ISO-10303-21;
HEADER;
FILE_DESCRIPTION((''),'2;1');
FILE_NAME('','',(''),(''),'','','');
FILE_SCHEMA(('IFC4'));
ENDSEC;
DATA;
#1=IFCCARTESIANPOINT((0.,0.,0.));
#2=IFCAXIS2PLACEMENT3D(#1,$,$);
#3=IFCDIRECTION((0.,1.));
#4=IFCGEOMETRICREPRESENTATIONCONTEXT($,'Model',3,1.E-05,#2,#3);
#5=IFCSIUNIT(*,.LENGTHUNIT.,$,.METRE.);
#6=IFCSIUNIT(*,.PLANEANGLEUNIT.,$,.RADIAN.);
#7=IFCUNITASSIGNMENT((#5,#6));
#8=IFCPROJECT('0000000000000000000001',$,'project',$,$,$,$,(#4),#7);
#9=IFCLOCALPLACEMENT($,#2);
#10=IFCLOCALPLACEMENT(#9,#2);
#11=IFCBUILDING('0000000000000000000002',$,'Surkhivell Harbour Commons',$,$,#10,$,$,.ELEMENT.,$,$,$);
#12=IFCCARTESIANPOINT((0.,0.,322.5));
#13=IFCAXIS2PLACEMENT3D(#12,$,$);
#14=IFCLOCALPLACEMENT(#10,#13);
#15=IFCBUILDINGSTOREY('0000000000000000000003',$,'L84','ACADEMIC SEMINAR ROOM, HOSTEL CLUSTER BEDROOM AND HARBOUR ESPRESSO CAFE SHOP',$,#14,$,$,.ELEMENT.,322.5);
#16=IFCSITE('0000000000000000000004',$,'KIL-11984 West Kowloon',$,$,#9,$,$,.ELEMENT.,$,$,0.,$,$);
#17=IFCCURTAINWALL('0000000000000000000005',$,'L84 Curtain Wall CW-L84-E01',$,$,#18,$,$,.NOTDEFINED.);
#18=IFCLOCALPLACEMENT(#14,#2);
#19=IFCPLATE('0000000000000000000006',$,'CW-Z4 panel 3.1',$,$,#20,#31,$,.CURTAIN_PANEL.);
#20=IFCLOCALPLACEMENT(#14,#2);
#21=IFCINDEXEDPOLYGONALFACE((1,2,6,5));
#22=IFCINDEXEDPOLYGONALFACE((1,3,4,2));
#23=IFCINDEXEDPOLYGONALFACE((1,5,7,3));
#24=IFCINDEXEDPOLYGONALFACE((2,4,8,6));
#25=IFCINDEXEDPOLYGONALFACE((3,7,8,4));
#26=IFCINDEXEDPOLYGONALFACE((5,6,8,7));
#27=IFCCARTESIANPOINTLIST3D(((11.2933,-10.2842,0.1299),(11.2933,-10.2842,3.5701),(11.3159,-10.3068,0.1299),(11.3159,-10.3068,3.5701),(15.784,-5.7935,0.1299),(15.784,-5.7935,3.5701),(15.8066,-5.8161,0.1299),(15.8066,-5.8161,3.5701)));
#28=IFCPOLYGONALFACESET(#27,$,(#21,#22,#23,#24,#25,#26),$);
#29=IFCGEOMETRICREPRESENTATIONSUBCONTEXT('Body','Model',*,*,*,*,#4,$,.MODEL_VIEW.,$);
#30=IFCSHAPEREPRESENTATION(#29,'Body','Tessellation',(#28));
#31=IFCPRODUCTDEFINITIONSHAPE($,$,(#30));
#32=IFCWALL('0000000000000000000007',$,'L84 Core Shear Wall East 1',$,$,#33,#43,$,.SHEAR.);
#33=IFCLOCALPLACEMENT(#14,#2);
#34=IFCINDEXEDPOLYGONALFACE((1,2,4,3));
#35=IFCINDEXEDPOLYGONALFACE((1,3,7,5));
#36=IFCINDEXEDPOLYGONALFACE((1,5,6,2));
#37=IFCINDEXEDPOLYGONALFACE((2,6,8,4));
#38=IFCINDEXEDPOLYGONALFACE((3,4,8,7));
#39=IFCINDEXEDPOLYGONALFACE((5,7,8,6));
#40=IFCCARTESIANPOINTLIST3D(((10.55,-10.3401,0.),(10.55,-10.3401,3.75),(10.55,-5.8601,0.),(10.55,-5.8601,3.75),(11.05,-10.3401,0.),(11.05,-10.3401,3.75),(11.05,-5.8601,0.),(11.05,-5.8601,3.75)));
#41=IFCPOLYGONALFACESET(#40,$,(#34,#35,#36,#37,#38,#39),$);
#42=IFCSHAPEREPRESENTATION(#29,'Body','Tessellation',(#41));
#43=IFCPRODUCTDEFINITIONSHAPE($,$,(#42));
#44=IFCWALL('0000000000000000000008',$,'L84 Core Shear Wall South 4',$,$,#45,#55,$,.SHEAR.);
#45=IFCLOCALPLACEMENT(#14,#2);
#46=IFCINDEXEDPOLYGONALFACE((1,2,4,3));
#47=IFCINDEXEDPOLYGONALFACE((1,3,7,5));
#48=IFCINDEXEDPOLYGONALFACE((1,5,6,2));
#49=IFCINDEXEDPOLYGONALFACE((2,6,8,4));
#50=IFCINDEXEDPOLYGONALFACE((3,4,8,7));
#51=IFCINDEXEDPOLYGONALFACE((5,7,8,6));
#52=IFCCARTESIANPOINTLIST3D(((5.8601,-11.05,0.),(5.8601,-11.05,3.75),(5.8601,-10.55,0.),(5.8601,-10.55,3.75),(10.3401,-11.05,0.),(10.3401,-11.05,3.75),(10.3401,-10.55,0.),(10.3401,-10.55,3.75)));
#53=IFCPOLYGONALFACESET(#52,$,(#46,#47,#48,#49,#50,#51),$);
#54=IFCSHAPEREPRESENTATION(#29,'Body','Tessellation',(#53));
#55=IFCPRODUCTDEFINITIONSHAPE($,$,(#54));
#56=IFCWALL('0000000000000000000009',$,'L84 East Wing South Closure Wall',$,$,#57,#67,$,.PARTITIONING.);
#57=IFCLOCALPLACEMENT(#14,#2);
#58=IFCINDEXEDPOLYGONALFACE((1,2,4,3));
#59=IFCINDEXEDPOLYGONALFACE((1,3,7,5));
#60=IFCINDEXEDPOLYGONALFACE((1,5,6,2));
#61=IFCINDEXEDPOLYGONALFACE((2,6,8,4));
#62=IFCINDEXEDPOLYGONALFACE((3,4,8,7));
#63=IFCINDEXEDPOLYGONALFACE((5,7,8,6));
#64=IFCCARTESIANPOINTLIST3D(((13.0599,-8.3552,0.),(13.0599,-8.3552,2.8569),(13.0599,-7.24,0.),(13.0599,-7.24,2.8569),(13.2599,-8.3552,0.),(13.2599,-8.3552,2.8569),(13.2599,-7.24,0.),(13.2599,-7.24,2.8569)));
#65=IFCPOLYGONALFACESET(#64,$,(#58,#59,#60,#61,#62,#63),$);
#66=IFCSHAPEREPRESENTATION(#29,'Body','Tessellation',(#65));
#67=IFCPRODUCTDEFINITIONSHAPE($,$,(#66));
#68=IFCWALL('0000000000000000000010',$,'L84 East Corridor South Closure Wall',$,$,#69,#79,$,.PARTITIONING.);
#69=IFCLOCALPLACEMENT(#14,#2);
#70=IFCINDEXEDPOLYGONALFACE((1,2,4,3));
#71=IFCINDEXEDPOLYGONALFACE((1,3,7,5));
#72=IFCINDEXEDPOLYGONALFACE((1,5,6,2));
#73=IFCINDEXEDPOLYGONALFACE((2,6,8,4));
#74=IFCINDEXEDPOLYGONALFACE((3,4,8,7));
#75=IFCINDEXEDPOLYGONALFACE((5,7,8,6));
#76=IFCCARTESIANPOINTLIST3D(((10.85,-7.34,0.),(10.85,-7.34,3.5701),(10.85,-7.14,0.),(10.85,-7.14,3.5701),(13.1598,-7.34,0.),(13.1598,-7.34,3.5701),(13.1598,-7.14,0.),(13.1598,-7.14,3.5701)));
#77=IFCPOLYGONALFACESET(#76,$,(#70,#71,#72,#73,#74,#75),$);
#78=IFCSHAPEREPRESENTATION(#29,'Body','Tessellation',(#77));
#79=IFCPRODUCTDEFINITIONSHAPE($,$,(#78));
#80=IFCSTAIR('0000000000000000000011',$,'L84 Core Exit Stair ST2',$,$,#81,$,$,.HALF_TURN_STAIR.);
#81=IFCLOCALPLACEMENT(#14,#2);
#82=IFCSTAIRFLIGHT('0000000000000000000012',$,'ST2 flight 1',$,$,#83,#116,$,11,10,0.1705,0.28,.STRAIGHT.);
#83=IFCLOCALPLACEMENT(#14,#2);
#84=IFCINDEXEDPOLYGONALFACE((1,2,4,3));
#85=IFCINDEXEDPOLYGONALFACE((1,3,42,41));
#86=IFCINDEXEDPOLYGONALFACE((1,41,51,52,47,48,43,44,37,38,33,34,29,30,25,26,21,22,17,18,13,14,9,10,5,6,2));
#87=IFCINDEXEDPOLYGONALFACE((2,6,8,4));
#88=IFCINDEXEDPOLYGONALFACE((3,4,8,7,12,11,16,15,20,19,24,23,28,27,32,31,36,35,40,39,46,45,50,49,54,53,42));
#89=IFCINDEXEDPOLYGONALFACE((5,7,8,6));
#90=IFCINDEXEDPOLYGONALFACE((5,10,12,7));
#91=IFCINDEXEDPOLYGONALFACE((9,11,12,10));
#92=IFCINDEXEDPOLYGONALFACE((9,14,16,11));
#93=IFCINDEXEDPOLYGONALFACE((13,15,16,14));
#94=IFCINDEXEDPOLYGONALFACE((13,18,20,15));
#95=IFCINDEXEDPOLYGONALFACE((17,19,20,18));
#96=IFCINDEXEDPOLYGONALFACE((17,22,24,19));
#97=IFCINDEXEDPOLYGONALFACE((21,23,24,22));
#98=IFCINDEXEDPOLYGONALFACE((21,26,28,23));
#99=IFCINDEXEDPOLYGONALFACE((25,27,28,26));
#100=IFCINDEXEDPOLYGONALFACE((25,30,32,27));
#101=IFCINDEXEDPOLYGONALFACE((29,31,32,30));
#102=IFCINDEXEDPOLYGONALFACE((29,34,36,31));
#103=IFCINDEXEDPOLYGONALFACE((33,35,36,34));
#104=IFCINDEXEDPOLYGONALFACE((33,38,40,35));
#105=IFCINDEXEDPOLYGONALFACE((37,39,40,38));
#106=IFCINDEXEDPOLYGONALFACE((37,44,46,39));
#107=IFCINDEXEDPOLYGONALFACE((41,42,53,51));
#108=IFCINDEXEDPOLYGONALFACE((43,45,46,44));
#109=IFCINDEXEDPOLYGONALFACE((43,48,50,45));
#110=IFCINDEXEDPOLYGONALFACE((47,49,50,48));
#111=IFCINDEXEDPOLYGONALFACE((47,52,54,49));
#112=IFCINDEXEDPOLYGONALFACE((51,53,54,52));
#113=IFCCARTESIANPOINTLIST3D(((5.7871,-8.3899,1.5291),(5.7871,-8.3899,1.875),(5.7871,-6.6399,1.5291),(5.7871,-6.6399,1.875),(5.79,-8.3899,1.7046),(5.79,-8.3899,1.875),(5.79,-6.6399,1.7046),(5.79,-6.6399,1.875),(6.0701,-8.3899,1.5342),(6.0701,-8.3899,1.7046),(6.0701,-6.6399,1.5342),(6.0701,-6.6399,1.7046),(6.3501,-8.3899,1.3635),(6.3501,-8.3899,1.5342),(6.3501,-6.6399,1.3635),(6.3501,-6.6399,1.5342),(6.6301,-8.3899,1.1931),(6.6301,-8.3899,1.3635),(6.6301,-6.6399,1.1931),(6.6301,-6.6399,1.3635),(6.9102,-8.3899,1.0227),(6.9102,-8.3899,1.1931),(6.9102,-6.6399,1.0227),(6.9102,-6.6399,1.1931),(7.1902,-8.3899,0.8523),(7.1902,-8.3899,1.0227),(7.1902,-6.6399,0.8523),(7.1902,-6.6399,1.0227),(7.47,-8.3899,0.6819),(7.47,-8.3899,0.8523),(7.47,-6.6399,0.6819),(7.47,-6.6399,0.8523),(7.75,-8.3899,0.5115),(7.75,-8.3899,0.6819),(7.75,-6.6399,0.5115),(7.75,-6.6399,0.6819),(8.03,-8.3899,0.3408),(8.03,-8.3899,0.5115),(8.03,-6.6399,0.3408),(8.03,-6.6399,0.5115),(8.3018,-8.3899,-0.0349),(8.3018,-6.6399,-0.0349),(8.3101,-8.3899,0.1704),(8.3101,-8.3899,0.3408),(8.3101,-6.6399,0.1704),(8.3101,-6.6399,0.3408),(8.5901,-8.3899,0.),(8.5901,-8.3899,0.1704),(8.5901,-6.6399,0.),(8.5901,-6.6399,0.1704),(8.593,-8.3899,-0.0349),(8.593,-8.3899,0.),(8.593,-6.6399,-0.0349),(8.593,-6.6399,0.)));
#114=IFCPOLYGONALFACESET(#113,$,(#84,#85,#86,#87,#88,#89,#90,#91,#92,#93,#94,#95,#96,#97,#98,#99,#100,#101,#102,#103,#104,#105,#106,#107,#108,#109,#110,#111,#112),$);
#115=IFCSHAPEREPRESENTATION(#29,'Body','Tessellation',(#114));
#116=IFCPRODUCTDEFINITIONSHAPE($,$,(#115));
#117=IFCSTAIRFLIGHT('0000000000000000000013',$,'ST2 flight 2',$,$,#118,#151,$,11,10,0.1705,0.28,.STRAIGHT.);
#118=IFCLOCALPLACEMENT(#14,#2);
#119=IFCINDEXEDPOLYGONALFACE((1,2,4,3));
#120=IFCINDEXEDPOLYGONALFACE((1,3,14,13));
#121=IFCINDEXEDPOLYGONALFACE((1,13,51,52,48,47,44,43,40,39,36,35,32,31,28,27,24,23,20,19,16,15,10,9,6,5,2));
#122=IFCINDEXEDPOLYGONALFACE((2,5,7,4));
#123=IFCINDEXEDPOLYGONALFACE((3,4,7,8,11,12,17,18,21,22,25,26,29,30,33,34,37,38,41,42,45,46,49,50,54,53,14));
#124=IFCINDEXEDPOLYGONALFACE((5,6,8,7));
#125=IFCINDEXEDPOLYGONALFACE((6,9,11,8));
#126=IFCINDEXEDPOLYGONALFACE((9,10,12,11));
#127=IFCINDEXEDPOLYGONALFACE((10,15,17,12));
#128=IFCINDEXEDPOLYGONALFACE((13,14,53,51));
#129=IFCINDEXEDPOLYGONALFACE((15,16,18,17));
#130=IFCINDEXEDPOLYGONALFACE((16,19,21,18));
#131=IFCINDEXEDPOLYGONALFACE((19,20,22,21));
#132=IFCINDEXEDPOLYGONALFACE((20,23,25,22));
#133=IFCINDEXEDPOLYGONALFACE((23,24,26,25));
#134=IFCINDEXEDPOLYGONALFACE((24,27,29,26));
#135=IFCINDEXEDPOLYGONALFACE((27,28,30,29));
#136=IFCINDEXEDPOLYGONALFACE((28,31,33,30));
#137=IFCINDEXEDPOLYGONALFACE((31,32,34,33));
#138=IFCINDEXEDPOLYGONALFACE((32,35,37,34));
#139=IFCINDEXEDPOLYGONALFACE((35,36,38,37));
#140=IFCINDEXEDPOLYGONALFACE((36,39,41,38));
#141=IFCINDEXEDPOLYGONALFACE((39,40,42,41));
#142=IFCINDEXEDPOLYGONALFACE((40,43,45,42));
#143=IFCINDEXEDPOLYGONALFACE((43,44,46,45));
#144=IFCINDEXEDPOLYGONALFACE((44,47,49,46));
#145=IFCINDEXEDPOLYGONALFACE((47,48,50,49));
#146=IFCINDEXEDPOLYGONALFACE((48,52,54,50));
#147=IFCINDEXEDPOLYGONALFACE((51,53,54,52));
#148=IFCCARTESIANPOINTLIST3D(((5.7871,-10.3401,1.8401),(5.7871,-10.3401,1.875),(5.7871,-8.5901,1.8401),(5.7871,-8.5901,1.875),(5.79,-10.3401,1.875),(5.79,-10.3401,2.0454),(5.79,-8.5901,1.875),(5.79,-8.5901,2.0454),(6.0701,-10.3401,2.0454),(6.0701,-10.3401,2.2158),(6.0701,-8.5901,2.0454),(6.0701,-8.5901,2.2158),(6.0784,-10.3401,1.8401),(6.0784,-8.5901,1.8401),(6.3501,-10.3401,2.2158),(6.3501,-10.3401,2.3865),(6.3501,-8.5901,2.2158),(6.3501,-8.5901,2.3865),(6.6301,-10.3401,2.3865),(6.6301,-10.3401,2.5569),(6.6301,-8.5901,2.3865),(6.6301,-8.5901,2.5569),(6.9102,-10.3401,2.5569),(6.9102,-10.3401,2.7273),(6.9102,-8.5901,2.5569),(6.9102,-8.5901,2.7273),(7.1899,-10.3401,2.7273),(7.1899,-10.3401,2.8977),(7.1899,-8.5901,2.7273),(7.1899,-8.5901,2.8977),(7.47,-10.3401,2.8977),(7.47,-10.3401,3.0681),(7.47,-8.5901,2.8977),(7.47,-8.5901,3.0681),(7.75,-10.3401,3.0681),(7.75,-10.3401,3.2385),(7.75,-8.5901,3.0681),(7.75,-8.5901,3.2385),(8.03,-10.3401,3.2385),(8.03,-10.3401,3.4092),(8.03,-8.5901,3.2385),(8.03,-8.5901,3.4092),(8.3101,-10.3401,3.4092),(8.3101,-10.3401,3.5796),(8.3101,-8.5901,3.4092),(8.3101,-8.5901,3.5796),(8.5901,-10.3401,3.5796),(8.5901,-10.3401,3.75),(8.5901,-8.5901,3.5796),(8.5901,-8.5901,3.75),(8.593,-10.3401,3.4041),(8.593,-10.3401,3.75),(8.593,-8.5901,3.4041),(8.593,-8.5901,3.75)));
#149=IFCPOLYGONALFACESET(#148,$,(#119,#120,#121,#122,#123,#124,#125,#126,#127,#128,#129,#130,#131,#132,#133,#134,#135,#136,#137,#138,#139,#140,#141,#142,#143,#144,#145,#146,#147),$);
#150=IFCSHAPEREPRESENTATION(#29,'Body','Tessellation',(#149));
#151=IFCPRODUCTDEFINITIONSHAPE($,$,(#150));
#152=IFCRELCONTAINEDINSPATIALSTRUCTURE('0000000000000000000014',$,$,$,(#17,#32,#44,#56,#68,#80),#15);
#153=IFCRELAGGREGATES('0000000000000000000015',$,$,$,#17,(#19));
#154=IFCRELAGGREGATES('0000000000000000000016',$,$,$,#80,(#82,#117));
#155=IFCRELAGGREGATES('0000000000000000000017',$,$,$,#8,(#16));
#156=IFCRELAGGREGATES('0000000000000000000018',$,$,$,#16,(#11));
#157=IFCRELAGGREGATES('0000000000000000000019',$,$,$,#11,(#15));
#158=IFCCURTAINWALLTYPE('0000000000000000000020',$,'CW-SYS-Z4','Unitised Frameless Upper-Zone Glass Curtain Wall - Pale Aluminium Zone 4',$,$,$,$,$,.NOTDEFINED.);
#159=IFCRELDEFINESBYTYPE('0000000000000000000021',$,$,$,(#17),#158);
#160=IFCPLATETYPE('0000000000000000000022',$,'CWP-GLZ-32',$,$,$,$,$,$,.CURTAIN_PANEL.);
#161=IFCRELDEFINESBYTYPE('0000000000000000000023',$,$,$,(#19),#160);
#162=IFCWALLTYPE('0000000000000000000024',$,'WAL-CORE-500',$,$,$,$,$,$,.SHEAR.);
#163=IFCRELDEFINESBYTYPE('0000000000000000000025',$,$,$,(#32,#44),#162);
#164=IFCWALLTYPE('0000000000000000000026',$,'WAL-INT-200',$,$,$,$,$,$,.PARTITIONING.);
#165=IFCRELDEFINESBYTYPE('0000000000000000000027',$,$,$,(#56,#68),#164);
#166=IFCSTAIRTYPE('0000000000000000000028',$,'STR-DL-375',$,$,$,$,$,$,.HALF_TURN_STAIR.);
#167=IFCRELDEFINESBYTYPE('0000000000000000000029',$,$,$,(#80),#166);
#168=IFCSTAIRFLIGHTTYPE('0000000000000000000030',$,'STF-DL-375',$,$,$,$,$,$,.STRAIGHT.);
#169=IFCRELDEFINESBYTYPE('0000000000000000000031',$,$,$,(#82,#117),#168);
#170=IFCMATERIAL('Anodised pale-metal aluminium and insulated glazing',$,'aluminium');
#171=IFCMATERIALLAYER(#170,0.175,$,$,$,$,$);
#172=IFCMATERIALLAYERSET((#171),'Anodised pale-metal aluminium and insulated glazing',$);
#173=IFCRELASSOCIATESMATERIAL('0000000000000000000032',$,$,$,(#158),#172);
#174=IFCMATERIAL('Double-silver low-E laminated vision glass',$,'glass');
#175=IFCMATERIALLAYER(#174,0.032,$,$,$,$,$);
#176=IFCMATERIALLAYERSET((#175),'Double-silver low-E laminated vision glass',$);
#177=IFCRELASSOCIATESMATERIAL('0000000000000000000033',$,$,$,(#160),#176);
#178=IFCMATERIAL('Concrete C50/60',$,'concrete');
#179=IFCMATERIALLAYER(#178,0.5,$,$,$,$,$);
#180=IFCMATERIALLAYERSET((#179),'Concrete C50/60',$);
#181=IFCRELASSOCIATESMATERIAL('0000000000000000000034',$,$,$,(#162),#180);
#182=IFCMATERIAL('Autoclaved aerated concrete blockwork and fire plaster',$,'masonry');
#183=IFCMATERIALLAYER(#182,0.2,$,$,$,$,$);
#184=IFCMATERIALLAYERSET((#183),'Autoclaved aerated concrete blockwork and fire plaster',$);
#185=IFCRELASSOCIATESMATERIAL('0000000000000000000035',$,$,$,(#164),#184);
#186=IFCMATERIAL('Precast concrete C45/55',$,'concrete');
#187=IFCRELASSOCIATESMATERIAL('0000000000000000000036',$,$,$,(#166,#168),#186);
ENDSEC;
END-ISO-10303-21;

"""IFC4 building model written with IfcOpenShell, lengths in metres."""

from ifc_helpers import new_model, si_unit, direction, frame, frame_2d, origin, place, context, subcontext, project, spatial, polyline, rectangle, outline, extrude, material, layer, layer_set, type_object, element, aggregate, save


model = new_model("IFC4")

# Units and contexts
model_context = context("Model", 3, precision=1e-05, world=origin(), true_north=direction((0.0, 1.0)))
body_context = subcontext(model_context, "Body", "Model", "MODEL_VIEW")
ifc_project = project(units=[si_unit("LENGTHUNIT", "METRE"), si_unit("PLANEANGLEUNIT", "RADIAN")], contexts=[model_context])

# Site, building, storey
site_placement = place(None, origin())
site = spatial("IfcSite", under=ifc_project, at=site_placement, Name="KIL-11984 West Kowloon", CompositionType="ELEMENT", RefElevation=0.0)
building_placement = place(site_placement, origin())
building = spatial("IfcBuilding", under=site, at=building_placement, Name="Surkhivell Harbour Commons", CompositionType="ELEMENT")
storey_placement = place(building_placement, frame((0.0, 0.0, 322.5)))
storey = spatial("IfcBuildingStorey", under=building, at=storey_placement, Name="L84", Description="ACADEMIC SEMINAR ROOM, HOSTEL CLUSTER BEDROOM AND HARBOUR ESPRESSO CAFE SHOP", CompositionType="ELEMENT", Elevation=322.5)

# Curtain wall, plate
ifc_material_1 = material(Name="Anodised pale-metal aluminium and insulated glazing", Category="aluminium")
ifc_layer_1 = layer(ifc_material_1, 0.175)
ifc_layer_set_1 = layer_set([ifc_layer_1], Name="Anodised pale-metal aluminium and insulated glazing")
curtain_wall_type = type_object("IfcCurtainWallType", Name="CW-SYS-Z4", Description="Unitised Frameless Upper-Zone Glass Curtain Wall - Pale Aluminium Zone 4", PredefinedType="NOTDEFINED", material=ifc_layer_set_1)
curtain_wall_placement = place(storey_placement, origin())
curtain_wall = element("IfcCurtainWall", 1, at=curtain_wall_placement, inside=storey, type_object=curtain_wall_type, Name="L84 Curtain Wall CW-L84-E01", PredefinedType="NOTDEFINED")
ifc_material_2 = material(Name="Double-silver low-E laminated vision glass", Category="glass")
ifc_layer_2 = layer(ifc_material_2, 0.032)
ifc_layer_set_2 = layer_set([ifc_layer_2], Name="Double-silver low-E laminated vision glass")
plate_type = type_object("IfcPlateType", Name="CWP-GLZ-32", PredefinedType="CURTAIN_PANEL", material=ifc_layer_set_2)
plate_1_placement = place(storey_placement, frame((11.3047, -10.2954, 0.1299), z_axis=(0.0, 0.0, 1.0), x_axis=(0.707107, 0.707107, 0.0)))
plate_1 = element("IfcPlate", 2, at=plate_1_placement, type_object=plate_type, Name="CW-Z4 panel 3.1", PredefinedType="CURTAIN_PANEL", context=body_context, shape_type="SweptSolid", body=[
    extrude(rectangle(XDim=6.3508, YDim=0.032, at=frame_2d((3.1753, 0.0))), origin(), (0.0, 0.0, 1.0), 3.4402),
])
aggregate(curtain_wall, [plate_1])

# Walls
ifc_material_3 = material(Name="Concrete C50/60", Category="concrete")
ifc_layer_3 = layer(ifc_material_3, 0.5)
ifc_layer_set_3 = layer_set([ifc_layer_3], Name="Concrete C50/60")
wall_type_1 = type_object("IfcWallType", Name="WAL-CORE-500", PredefinedType="SHEAR", material=ifc_layer_set_3)
for number, where, z_axis, x_axis, name in (
    (3, (10.8, -10.3401, 0.0), (0.0, 0.0, 1.0), (0.0, 1.0, 0.0), "L84 Core Shear Wall East 1"),
    (4, (5.8601, -10.8, 0.0), (0.0, 0.0, 1.0), (1.0, 0.0, 0.0), "L84 Core Shear Wall South 4"),
):
    element("IfcWall", number, at=place(storey_placement, frame(where, z_axis=z_axis, x_axis=x_axis)), inside=storey, type_object=wall_type_1, Name=name, PredefinedType="SHEAR", context=body_context, shape_type="SweptSolid", body=[
        extrude(rectangle(XDim=4.48, YDim=0.5, at=frame_2d((2.24, 0.0))), origin(), (0.0, 0.0, 1.0), 3.75),
    ])
ifc_material_4 = material(Name="Autoclaved aerated concrete blockwork and fire plaster", Category="masonry")
ifc_layer_4 = layer(ifc_material_4, 0.2)
ifc_layer_set_4 = layer_set([ifc_layer_4], Name="Autoclaved aerated concrete blockwork and fire plaster")
wall_type_2 = type_object("IfcWallType", Name="WAL-INT-200", PredefinedType="PARTITIONING", material=ifc_layer_set_4)
wall_1_placement = place(storey_placement, frame((13.1599, -8.3552, 0.0), z_axis=(0.0, 0.0, 1.0), x_axis=(0.0, 1.0, 0.0)))
element("IfcWall", 5, at=wall_1_placement, inside=storey, type_object=wall_type_2, Name="L84 East Wing South Closure Wall", PredefinedType="PARTITIONING", context=body_context, shape_type="SweptSolid", body=[
    extrude(rectangle(XDim=1.1152, YDim=0.2, at=frame_2d((0.5576, 0.0))), origin(), (0.0, 0.0, 1.0), 2.8569),
])
wall_2_placement = place(storey_placement, frame((10.8501, -7.24, 0.0), z_axis=(0.0, 0.0, 1.0), x_axis=(1.0, 0.0, 0.0)))
element("IfcWall", 6, at=wall_2_placement, inside=storey, type_object=wall_type_2, Name="L84 East Corridor South Closure Wall", PredefinedType="PARTITIONING", context=body_context, shape_type="SweptSolid", body=[
    extrude(rectangle(XDim=2.3098, YDim=0.2, at=frame_2d((1.1548, 0.0))), origin(), (0.0, 0.0, 1.0), 3.5701),
])

# Stair, stair flights
ifc_material_5 = material(Name="Precast concrete C45/55", Category="concrete")
stair_type = type_object("IfcStairType", Name="STR-DL-375", PredefinedType="HALF_TURN_STAIR", material=ifc_material_5)
stair_placement = place(storey_placement, origin())
stair = element("IfcStair", 7, at=stair_placement, inside=storey, type_object=stair_type, Name="L84 Core Exit Stair ST2", PredefinedType="HALF_TURN_STAIR")
stair_flight_type = type_object("IfcStairFlightType", Name="STF-DL-375", PredefinedType="STRAIGHT", material=ifc_material_5)
stair_flight_1_placement = place(storey_placement, frame((8.5901, -7.5149, 0.0), z_axis=(0.0, 0.0, 1.0), x_axis=(-1.0, 0.0, 0.0)))
stair_flight_1 = element("IfcStairFlight", 8, at=stair_flight_1_placement, type_object=stair_flight_type, Name="ST2 flight 1", NumberOfRisers=11, NumberOfTreads=10, PredefinedType="STRAIGHT", RiserHeight=0.1705, TreadLength=0.28, context=body_context, shape_type="SweptSolid", body=[
    extrude(outline(polyline([(-0.0029, -0.0349), (-0.0029, 0.0), (0.0, 0.0), (0.0, 0.1704), (0.28, 0.1704), (0.28, 0.3408), (0.5601, 0.3408), (0.5601, 0.5115), (0.8401, 0.5115), (0.8401, 0.6819), (1.1201, 0.6819), (1.1201, 0.8523), (1.3999, 0.8523), (1.3999, 1.0227), (1.6799, 1.0227), (1.6799, 1.1931), (1.96, 1.1931), (1.96, 1.3635), (2.24, 1.3635), (2.24, 1.5342), (2.52, 1.5342), (2.52, 1.7046), (2.8, 1.7046), (2.8, 1.875), (2.803, 1.875), (2.803, 1.5291), (0.2883, -0.0349), (-0.0029, -0.0349)])), frame((0.0, 0.875, 0.0), z_axis=(0.0, -1.0, 0.0), x_axis=(1.0, 0.0, 0.0)), (0.0, 0.0, 1.0), 1.75),
])
stair_flight_2_placement = place(storey_placement, frame((5.79, -9.4651, 1.875), z_axis=(0.0, 0.0, 1.0), x_axis=(1.0, 0.0, 0.0)))
stair_flight_2 = element("IfcStairFlight", 9, at=stair_flight_2_placement, type_object=stair_flight_type, Name="ST2 flight 2", NumberOfRisers=11, NumberOfTreads=10, PredefinedType="STRAIGHT", RiserHeight=0.1705, TreadLength=0.28, context=body_context, shape_type="SweptSolid", body=[
    extrude(outline(polyline([(-0.0029, -0.0349), (-0.0029, 0.0), (0.0, 0.0), (0.0, 0.1704), (0.28, 0.1704), (0.28, 0.3408), (0.5601, 0.3408), (0.5601, 0.5115), (0.8401, 0.5115), (0.8401, 0.6819), (1.1201, 0.6819), (1.1201, 0.8523), (1.3999, 0.8523), (1.3999, 1.0227), (1.6799, 1.0227), (1.6799, 1.1931), (1.96, 1.1931), (1.96, 1.3635), (2.24, 1.3635), (2.24, 1.5342), (2.52, 1.5342), (2.52, 1.7046), (2.8, 1.7046), (2.8, 1.875), (2.803, 1.875), (2.803, 1.5291), (0.2883, -0.0349), (-0.0029, -0.0349)])), frame((0.0, 0.875, 0.0), z_axis=(0.0, -1.0, 0.0), x_axis=(1.0, 0.0, 0.0)), (0.0, 0.0, 1.0), 1.75),
])
aggregate(stair, [stair_flight_1, stair_flight_2])

save(model, "model.ifc")
